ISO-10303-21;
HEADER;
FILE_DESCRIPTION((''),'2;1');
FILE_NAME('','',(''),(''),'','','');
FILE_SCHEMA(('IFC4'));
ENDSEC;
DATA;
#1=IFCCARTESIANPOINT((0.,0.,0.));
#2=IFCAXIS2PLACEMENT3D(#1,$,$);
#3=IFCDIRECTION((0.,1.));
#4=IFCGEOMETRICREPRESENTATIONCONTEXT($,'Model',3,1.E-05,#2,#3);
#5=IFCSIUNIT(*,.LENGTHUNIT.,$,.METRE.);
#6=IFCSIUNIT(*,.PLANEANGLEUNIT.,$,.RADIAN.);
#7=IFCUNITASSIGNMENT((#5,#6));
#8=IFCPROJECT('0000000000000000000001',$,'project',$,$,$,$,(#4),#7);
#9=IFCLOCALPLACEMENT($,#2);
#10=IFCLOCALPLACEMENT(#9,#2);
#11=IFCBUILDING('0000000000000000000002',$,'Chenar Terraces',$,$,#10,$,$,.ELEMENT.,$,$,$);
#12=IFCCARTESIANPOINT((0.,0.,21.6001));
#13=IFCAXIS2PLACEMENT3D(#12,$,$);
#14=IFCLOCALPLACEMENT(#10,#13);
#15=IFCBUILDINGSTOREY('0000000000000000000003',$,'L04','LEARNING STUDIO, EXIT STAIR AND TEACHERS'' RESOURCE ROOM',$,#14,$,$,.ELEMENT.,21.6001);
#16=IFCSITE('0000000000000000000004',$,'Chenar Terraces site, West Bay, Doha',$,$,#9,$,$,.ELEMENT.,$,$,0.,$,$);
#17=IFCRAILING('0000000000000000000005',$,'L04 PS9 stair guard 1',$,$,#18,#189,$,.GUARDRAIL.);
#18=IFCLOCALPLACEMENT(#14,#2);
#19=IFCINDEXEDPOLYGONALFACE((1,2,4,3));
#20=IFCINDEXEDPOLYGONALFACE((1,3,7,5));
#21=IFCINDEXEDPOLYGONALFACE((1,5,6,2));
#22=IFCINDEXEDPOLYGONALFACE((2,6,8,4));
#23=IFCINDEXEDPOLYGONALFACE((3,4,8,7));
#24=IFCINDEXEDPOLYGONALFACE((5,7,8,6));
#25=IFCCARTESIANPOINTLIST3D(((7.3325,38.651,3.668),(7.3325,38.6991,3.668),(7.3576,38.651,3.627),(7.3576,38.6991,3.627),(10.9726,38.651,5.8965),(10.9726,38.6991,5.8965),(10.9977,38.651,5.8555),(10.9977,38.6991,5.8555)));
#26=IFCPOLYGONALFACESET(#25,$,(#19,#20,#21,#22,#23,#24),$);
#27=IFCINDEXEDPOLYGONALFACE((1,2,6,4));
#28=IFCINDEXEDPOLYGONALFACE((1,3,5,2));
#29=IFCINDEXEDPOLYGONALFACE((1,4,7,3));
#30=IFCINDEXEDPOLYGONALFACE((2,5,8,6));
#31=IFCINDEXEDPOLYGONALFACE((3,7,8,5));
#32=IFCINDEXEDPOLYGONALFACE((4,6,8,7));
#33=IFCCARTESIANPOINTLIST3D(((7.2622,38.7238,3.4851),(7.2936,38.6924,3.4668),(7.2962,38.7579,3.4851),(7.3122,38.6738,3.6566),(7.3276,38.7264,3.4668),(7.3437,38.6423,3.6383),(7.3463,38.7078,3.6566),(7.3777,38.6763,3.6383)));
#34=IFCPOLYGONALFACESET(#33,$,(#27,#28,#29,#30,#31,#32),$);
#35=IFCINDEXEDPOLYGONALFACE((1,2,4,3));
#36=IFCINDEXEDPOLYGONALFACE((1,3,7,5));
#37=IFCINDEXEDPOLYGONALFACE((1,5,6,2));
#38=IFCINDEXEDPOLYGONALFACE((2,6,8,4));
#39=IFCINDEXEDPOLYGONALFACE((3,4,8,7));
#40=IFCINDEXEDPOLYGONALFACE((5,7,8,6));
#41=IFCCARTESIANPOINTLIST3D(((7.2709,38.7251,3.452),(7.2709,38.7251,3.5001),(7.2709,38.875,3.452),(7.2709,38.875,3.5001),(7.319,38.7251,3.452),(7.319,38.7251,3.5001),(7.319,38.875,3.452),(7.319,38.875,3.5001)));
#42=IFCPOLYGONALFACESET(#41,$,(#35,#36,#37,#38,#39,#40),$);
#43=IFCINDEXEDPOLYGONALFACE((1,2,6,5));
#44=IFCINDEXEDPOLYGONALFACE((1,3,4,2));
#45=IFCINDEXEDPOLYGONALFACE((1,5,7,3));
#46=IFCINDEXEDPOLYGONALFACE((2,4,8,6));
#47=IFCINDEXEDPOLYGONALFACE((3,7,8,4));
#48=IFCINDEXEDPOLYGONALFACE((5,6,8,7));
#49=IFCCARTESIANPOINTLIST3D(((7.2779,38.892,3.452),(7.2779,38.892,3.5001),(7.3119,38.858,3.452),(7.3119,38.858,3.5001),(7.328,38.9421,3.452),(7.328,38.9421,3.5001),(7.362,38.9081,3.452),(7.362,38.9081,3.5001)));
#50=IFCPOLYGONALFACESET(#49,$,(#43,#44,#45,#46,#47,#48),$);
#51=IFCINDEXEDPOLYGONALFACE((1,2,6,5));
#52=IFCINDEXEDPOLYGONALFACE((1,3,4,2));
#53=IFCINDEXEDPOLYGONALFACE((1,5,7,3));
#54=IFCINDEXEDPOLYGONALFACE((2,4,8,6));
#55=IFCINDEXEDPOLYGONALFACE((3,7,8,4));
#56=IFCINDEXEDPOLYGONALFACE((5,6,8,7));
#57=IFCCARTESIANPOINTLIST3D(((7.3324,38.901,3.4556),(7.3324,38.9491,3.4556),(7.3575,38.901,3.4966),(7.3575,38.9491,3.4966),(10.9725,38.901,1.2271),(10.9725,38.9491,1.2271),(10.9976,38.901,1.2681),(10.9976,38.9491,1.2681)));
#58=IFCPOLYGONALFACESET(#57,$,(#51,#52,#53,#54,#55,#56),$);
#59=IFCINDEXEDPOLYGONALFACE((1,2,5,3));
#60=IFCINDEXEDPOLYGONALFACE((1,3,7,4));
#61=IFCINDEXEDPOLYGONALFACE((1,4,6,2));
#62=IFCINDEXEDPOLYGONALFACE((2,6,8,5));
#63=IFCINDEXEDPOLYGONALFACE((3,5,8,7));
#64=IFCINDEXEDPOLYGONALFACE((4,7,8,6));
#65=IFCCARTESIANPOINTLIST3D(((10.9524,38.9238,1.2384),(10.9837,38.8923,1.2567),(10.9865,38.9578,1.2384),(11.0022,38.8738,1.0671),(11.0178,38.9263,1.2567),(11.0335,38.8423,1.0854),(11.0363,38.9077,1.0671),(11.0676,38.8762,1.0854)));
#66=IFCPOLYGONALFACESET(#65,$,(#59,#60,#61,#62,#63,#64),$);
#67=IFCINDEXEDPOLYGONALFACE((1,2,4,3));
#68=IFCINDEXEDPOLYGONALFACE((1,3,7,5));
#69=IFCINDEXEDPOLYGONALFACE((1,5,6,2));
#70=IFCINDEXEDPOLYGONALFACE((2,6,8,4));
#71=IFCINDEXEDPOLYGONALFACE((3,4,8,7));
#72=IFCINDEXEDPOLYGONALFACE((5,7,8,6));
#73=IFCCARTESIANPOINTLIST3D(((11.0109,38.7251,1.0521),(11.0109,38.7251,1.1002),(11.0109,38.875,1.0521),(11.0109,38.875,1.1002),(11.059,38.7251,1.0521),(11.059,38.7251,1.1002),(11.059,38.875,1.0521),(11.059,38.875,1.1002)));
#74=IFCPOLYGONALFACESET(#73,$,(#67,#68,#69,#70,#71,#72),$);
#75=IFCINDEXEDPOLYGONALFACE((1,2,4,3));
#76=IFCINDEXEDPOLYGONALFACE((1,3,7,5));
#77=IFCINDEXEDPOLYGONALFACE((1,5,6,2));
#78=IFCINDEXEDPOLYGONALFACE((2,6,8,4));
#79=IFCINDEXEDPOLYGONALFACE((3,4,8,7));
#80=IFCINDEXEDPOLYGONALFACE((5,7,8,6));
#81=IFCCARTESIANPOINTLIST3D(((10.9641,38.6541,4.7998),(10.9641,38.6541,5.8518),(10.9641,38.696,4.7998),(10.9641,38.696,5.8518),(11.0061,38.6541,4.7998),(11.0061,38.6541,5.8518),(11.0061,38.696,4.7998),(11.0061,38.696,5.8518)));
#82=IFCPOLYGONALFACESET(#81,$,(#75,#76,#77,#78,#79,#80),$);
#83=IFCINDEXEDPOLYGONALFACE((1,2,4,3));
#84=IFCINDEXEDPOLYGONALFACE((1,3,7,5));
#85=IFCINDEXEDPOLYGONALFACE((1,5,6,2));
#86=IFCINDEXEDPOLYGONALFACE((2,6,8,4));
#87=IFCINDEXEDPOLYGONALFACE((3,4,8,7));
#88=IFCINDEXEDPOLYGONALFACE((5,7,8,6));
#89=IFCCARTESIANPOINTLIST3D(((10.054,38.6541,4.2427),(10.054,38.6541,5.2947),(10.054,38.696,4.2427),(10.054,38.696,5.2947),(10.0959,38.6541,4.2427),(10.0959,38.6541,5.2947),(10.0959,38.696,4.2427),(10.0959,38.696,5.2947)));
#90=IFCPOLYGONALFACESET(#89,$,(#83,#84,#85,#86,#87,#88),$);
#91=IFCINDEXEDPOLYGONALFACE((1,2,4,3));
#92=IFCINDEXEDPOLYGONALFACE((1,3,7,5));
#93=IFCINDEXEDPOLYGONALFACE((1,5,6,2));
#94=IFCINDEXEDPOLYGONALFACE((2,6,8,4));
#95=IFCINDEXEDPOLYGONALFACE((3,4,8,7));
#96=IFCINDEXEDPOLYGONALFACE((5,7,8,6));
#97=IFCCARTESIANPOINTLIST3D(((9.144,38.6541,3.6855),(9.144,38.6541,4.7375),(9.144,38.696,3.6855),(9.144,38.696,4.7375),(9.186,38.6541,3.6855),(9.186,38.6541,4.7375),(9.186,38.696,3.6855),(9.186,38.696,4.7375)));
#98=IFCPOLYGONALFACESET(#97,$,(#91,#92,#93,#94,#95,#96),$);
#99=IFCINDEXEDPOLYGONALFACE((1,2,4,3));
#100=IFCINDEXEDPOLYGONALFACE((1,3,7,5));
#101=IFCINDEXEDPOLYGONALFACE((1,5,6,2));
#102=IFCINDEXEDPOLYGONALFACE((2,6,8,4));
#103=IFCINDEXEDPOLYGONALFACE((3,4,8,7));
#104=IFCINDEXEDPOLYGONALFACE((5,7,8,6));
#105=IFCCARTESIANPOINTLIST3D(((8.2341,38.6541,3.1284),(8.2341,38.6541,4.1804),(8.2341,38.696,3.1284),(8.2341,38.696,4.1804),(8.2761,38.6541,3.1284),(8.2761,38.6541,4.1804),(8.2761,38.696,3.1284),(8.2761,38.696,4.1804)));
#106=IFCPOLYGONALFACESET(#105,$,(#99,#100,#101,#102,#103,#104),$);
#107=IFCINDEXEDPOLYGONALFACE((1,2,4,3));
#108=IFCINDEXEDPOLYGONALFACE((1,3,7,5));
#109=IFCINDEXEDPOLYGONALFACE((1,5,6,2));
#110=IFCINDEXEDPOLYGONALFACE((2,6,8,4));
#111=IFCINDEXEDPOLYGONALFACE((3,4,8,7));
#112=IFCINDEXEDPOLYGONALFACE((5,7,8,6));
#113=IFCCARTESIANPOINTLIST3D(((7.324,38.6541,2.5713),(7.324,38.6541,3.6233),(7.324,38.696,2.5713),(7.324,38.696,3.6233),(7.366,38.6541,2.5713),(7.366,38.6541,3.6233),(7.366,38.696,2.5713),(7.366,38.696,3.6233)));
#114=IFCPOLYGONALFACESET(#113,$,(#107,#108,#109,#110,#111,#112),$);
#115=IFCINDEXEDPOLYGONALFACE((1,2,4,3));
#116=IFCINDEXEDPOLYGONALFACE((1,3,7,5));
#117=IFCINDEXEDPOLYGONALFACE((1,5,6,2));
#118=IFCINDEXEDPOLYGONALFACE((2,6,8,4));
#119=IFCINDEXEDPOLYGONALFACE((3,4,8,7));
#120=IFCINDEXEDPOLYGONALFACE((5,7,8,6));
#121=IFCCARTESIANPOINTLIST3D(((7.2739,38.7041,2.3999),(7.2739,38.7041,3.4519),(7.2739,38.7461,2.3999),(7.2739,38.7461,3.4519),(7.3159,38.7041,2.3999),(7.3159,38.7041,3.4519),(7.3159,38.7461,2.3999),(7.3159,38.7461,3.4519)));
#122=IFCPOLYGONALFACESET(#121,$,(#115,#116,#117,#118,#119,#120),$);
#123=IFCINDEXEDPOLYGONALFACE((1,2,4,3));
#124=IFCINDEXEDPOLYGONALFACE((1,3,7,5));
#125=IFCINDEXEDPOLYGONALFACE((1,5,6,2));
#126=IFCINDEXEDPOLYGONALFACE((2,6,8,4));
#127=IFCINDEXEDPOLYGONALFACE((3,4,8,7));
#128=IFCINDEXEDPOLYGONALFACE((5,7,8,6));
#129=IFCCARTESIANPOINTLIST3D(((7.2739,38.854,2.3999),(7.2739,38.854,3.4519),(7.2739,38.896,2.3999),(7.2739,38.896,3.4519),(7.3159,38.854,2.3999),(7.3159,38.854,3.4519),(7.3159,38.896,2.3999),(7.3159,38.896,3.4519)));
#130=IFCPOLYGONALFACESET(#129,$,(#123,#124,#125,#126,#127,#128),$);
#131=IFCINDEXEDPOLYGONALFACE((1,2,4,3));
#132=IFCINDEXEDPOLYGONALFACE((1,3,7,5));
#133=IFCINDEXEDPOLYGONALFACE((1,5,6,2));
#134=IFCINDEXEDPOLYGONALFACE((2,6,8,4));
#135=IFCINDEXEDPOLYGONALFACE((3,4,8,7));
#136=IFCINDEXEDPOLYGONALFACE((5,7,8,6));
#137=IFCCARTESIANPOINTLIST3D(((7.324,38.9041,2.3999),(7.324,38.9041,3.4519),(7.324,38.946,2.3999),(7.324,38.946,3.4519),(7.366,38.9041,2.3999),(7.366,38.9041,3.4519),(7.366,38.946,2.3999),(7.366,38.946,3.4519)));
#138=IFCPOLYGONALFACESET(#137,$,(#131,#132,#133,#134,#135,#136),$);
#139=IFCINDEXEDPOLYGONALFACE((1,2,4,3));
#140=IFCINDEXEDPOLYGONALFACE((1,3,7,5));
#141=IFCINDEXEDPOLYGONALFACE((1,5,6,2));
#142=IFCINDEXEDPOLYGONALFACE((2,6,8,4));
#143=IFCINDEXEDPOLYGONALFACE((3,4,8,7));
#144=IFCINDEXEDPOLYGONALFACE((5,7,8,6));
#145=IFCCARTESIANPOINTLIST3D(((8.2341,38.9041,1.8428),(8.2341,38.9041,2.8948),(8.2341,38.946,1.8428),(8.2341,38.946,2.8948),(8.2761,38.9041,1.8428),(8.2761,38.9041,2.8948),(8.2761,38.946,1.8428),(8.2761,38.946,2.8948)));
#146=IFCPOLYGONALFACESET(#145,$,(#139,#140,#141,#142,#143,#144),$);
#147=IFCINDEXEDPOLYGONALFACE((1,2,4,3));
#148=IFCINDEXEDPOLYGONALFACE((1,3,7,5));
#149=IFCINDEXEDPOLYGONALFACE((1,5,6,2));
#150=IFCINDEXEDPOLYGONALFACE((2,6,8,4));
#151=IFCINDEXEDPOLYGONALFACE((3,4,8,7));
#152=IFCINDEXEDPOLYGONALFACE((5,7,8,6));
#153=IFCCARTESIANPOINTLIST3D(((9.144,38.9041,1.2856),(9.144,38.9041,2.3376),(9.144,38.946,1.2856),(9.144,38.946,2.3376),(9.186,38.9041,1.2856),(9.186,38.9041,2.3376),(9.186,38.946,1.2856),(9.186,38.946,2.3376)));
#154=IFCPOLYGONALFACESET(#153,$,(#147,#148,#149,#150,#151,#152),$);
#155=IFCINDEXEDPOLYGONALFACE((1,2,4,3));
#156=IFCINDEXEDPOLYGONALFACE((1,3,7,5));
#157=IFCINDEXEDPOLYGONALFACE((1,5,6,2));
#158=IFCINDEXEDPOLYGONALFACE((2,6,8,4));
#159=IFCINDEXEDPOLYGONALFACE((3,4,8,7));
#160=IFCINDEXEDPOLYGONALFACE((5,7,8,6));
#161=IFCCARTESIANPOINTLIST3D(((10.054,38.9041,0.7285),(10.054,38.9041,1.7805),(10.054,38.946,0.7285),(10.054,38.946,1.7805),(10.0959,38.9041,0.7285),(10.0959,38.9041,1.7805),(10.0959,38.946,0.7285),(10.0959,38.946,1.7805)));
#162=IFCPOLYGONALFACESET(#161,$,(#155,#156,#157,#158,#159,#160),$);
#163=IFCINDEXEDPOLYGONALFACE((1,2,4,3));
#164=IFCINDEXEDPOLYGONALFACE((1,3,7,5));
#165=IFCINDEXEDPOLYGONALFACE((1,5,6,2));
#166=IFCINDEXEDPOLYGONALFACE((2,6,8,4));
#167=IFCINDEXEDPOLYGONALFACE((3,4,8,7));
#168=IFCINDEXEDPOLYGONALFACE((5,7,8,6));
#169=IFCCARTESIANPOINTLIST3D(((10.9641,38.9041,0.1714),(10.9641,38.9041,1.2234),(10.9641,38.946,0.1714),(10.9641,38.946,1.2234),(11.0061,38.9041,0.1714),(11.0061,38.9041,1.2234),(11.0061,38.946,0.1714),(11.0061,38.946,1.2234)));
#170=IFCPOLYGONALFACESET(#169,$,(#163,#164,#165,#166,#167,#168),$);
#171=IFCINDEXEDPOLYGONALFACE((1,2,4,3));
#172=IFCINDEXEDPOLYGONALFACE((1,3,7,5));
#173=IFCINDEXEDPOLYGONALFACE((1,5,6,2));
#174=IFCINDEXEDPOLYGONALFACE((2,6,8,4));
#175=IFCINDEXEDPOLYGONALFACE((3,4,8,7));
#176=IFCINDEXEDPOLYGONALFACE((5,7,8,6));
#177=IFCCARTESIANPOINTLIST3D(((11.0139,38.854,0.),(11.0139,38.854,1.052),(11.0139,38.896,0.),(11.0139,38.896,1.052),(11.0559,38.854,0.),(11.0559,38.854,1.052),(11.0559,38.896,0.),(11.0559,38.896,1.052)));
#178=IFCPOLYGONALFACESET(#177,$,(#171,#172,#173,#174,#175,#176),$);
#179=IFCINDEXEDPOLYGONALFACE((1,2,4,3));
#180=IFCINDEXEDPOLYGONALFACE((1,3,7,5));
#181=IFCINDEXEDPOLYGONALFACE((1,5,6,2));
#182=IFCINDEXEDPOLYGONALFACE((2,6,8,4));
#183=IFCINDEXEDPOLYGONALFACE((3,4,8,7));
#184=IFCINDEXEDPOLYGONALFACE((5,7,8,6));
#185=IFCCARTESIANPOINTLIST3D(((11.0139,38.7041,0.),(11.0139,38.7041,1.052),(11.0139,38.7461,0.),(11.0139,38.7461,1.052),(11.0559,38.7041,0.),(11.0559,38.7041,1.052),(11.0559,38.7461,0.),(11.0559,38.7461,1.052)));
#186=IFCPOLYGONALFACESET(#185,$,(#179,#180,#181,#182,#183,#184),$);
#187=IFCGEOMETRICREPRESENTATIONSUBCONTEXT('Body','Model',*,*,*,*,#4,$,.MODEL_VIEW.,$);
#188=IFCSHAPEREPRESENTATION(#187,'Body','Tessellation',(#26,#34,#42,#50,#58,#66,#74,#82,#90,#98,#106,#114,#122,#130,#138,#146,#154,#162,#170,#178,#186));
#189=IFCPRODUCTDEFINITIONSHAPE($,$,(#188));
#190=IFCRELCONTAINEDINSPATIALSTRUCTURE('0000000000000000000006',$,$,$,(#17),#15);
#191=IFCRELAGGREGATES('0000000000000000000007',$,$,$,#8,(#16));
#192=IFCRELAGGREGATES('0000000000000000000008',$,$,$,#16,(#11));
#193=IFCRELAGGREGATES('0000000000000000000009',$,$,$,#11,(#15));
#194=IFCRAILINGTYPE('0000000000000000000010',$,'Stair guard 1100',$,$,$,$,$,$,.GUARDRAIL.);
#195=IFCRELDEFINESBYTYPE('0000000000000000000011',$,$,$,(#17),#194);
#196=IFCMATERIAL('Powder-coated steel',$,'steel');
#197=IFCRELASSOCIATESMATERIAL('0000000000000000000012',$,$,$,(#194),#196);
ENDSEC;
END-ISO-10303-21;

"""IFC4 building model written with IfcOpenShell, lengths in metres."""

from ifc_helpers import new_model, si_unit, direction, frame, origin, origin_2d, place, context, subcontext, project, spatial, rectangle, extrude, material, type_object, element, save


model = new_model("IFC4")

# Units and contexts
model_context = context("Model", 3, precision=1e-05, world=origin(), true_north=direction((0.0, 1.0)))
body_context = subcontext(model_context, "Body", "Model", "MODEL_VIEW")
ifc_project = project(units=[si_unit("LENGTHUNIT", "METRE"), si_unit("PLANEANGLEUNIT", "RADIAN")], contexts=[model_context])

# Site, building, storey
site_placement = place(None, origin())
site = spatial("IfcSite", under=ifc_project, at=site_placement, Name="Chenar Terraces site, West Bay, Doha", CompositionType="ELEMENT", RefElevation=0.0)
building_placement = place(site_placement, origin())
building = spatial("IfcBuilding", under=site, at=building_placement, Name="Chenar Terraces", CompositionType="ELEMENT")
storey_placement = place(building_placement, frame((0.0, 0.0, 21.6001)))
storey = spatial("IfcBuildingStorey", under=building, at=storey_placement, Name="L04", Description="LEARNING STUDIO, EXIT STAIR AND TEACHERS' RESOURCE ROOM", CompositionType="ELEMENT", Elevation=21.6001)

# Railing
ifc_material_1 = material(Name="Powder-coated steel", Category="steel")
railing_type_1 = type_object("IfcRailingType", Name="Stair guard 1100", PredefinedType="GUARDRAIL", material=ifc_material_1)
railing_1_placement = place(storey_placement, frame((10.9851, 38.675, 4.7998)))
element("IfcRailing", 1, at=railing_1_placement, inside=storey, type_object=railing_type_1, Name="L04 PS9 stair guard 1", PredefinedType="GUARDRAIL", context=body_context, shape_type="SweptSolid", body=[
    extrude(rectangle(XDim=0.0481, YDim=0.0481, at=origin_2d()), frame((0.0, 0.0, 1.0762), z_axis=(-0.852866, 0.0, -0.52213), x_axis=(0.0, -1.0, 0.0)), (0.0, 0.0, 1.0), 4.2681),
    extrude(rectangle(XDim=0.0481, YDim=0.0481, at=origin_2d()), frame((-3.6401, 0.0, -1.1523), z_axis=(-0.269911, 0.269911, -0.924281), x_axis=(-0.707107, -0.707107, 0.0)), (0.0, 0.0, 1.0), 0.1855),
    extrude(rectangle(XDim=0.0481, YDim=0.0481, at=origin_2d()), frame((-3.6902, 0.05, -1.3237), z_axis=(0.0, 1.0, 0.0), x_axis=(-1.0, 0.0, 0.0)), (0.0, 0.0, 1.0), 0.1499),
    extrude(rectangle(XDim=0.0481, YDim=0.0481, at=origin_2d()), frame((-3.6902, 0.2, -1.3237), z_axis=(0.707107, 0.707107, 0.0), x_axis=(-0.707107, 0.707107, 0.0)), (0.0, 0.0, 1.0), 0.0708),
    extrude(rectangle(XDim=0.0481, YDim=0.0481, at=origin_2d()), frame((-3.6401, 0.25, -1.3237), z_axis=(0.852866, 0.0, -0.52213), x_axis=(0.0, 1.0, 0.0)), (0.0, 0.0, 1.0), 4.2681),
    extrude(rectangle(XDim=0.0481, YDim=0.0481, at=origin_2d()), frame((0.0, 0.25, -3.5522), z_axis=(0.26869, -0.270007, -0.924609), x_axis=(0.708834, 0.705376, 0.0)), (0.0, 0.0, 1.0), 0.1853),
    extrude(rectangle(XDim=0.0481, YDim=0.0481, at=origin_2d()), frame((0.0498, 0.2, -3.7236), z_axis=(0.0, -1.0, 0.0), x_axis=(1.0, 0.0, 0.0)), (0.0, 0.0, 1.0), 0.1499),
    extrude(rectangle(XDim=0.042, YDim=0.042, at=origin_2d()), origin(), (0.0, 0.0, 1.0), 1.052),
    extrude(rectangle(XDim=0.042, YDim=0.042, at=origin_2d()), frame((-0.9102, 0.0, -0.5571)), (0.0, 0.0, 1.0), 1.052),
    extrude(rectangle(XDim=0.042, YDim=0.042, at=origin_2d()), frame((-1.8201, 0.0, -1.1143)), (0.0, 0.0, 1.0), 1.052),
    extrude(rectangle(XDim=0.042, YDim=0.042, at=origin_2d()), frame((-2.73, 0.0, -1.6714)), (0.0, 0.0, 1.0), 1.052),
    extrude(rectangle(XDim=0.042, YDim=0.042, at=origin_2d()), frame((-3.6401, 0.0, -2.2285)), (0.0, 0.0, 1.0), 1.052),
    extrude(rectangle(XDim=0.042, YDim=0.042, at=origin_2d()), frame((-3.6902, 0.05, -2.3999)), (0.0, 0.0, 1.0), 1.052),
    extrude(rectangle(XDim=0.042, YDim=0.042, at=origin_2d()), frame((-3.6902, 0.2, -2.3999)), (0.0, 0.0, 1.0), 1.052),
    extrude(rectangle(XDim=0.042, YDim=0.042, at=origin_2d()), frame((-3.6401, 0.25, -2.3999)), (0.0, 0.0, 1.0), 1.052),
    extrude(rectangle(XDim=0.042, YDim=0.042, at=origin_2d()), frame((-2.73, 0.25, -2.957)), (0.0, 0.0, 1.0), 1.052),
    extrude(rectangle(XDim=0.042, YDim=0.042, at=origin_2d()), frame((-1.8201, 0.25, -3.5142)), (0.0, 0.0, 1.0), 1.052),
    extrude(rectangle(XDim=0.042, YDim=0.042, at=origin_2d()), frame((-0.9102, 0.25, -4.0713)), (0.0, 0.0, 1.0), 1.052),
    extrude(rectangle(XDim=0.042, YDim=0.042, at=origin_2d()), frame((0.0, 0.25, -4.6284)), (0.0, 0.0, 1.0), 1.052),
    extrude(rectangle(XDim=0.042, YDim=0.042, at=origin_2d()), frame((0.0498, 0.2, -4.7998)), (0.0, 0.0, 1.0), 1.052),
    extrude(rectangle(XDim=0.042, YDim=0.042, at=origin_2d()), frame((0.0498, 0.05, -4.7998)), (0.0, 0.0, 1.0), 1.052),
])

save(model, "model.ifc")
